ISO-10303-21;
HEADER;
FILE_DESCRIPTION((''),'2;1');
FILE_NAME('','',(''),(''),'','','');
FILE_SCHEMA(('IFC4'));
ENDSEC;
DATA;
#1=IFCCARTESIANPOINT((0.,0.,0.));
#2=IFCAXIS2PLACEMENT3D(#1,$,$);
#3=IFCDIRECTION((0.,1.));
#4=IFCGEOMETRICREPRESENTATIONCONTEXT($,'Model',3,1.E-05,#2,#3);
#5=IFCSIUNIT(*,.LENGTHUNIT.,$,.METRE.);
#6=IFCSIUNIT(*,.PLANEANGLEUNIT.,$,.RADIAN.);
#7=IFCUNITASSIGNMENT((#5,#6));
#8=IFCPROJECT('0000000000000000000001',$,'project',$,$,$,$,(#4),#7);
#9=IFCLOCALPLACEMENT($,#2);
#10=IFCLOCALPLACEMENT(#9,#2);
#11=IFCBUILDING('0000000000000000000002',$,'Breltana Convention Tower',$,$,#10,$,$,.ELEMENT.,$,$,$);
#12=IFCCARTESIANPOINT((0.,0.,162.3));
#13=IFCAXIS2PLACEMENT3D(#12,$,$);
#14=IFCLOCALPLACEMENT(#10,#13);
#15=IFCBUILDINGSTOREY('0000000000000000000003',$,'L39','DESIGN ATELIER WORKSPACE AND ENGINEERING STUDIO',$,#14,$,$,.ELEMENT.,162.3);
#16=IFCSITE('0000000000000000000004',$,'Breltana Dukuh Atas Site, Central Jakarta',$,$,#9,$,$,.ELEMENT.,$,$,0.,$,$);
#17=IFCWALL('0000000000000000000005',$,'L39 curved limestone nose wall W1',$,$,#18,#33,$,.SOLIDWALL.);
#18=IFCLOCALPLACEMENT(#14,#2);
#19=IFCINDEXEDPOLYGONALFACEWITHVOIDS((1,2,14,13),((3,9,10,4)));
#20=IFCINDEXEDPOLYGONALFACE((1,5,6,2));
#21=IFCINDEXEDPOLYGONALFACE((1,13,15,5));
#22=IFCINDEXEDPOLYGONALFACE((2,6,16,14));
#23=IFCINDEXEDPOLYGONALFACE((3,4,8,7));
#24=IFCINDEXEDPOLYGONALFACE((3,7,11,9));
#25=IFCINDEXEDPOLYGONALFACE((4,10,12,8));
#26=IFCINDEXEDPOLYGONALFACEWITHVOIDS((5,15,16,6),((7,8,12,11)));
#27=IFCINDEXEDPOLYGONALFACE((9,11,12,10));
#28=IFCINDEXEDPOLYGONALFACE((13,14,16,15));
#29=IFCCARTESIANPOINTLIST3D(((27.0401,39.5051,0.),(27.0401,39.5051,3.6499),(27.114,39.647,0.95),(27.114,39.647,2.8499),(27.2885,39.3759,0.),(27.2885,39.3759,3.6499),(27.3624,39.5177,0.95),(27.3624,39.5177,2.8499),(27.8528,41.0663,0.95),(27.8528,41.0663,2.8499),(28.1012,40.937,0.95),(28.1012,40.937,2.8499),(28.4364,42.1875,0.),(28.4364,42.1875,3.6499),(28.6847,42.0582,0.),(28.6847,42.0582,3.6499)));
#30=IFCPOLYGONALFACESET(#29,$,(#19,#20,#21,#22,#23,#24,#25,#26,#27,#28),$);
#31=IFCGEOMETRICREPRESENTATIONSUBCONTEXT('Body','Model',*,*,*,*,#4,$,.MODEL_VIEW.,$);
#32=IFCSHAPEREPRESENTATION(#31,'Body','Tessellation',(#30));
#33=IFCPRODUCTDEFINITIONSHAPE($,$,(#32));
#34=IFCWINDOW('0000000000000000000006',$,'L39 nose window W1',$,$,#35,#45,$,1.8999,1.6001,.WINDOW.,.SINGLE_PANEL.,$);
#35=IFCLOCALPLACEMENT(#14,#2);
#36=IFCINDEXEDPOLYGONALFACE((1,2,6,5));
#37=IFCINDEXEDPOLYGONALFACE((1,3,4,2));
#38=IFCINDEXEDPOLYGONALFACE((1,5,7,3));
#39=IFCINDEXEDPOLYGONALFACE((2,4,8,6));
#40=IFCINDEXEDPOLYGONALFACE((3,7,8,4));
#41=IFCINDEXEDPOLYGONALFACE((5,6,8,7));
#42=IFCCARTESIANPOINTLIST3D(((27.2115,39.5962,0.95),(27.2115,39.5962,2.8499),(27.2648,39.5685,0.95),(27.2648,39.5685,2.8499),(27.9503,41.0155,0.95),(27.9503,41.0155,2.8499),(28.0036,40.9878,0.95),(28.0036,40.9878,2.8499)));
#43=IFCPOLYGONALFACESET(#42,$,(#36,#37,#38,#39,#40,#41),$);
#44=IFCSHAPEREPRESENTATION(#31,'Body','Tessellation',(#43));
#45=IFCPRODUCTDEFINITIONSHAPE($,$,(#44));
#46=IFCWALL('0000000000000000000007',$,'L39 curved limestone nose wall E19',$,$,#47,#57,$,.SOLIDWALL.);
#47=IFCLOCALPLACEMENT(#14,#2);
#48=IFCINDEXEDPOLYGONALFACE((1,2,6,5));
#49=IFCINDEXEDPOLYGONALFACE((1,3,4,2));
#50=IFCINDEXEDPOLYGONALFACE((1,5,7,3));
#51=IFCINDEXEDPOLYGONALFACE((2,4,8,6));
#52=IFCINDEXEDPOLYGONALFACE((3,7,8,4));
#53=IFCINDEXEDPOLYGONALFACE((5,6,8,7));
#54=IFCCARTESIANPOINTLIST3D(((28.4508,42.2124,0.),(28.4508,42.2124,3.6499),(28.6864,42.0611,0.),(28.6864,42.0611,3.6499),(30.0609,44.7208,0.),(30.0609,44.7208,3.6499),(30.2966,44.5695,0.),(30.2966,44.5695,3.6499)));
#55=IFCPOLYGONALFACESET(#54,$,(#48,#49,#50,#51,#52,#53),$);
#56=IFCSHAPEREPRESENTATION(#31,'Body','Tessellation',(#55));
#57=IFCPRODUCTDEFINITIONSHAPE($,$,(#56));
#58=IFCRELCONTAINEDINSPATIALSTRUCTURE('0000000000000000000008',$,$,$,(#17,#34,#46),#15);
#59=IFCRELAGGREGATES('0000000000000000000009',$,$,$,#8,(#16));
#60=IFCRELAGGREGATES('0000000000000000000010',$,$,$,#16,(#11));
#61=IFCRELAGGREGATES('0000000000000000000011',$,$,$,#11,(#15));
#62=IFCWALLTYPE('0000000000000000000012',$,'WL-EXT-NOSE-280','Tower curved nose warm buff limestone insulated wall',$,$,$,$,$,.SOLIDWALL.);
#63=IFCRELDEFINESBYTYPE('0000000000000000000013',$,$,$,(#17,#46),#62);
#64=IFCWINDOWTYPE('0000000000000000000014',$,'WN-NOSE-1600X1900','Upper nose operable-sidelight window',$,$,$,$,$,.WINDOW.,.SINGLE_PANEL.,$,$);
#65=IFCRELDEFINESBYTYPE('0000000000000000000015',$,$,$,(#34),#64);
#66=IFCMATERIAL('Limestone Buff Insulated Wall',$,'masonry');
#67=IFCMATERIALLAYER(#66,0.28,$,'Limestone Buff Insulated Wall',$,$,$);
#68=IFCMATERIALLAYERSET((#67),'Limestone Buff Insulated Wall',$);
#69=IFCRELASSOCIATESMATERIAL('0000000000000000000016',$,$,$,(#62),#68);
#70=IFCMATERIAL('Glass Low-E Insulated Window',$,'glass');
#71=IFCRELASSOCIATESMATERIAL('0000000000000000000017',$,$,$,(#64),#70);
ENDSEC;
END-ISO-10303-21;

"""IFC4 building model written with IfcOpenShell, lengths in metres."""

from ifc_helpers import new_model, si_unit, direction, frame, frame_2d, origin, place, context, subcontext, project, spatial, rectangle, extrude, source, transform, mapped, material, layer, layer_set, type_object, type_shapes, element, fill, save


model = new_model("IFC4")

# Units and contexts
model_context = context("Model", 3, precision=1e-05, world=origin(), true_north=direction((0.0, 1.0)))
body_context = subcontext(model_context, "Body", "Model", "MODEL_VIEW")
ifc_project = project(units=[si_unit("LENGTHUNIT", "METRE"), si_unit("PLANEANGLEUNIT", "RADIAN")], contexts=[model_context])

# Site, building, storey
site_placement = place(None, origin())
site = spatial("IfcSite", under=ifc_project, at=site_placement, Name="Breltana Dukuh Atas Site, Central Jakarta", CompositionType="ELEMENT", RefElevation=0.0)
building_placement = place(site_placement, origin())
building = spatial("IfcBuilding", under=site, at=building_placement, Name="Breltana Convention Tower", CompositionType="ELEMENT")
storey_placement = place(building_placement, frame((0.0, 0.0, 162.3)))
storey = spatial("IfcBuildingStorey", under=building, at=storey_placement, Name="L39", Description="DESIGN ATELIER WORKSPACE AND ENGINEERING STUDIO", CompositionType="ELEMENT", Elevation=162.3)

# Wall, opening, window
ifc_material_1 = material(Name="Limestone Buff Insulated Wall", Category="masonry")
ifc_layer_1 = layer(ifc_material_1, 0.28, Name="Limestone Buff Insulated Wall")
ifc_layer_set_1 = layer_set([ifc_layer_1], Name="Limestone Buff Insulated Wall")
wall_type = type_object("IfcWallType", Name="WL-EXT-NOSE-280", Description="Tower curved nose warm buff limestone insulated wall", PredefinedType="SOLIDWALL", material=ifc_layer_set_1)
ifc_material_2 = material(Name="Glass Low-E Insulated Window", Category="glass")
shared_shape_1 = source(origin(), body_context, "Body", "SweptSolid", [
    extrude(rectangle(XDim=3.0239, YDim=0.28, at=frame_2d((1.512, 0.0))), origin(), (0.0, 0.0, 1.0), 3.6499),
])
wall_1_placement = place(storey_placement, frame((28.5605, 42.1228, 0.0), z_axis=(0.0, 0.0, 1.0), x_axis=(-0.461719, -0.887026, 0.0)))
wall_1 = element("IfcWall", 1, at=wall_1_placement, inside=storey, type_object=wall_type, Name="L39 curved limestone nose wall W1", PredefinedType="SOLIDWALL", context=body_context, shape_type="MappedRepresentation", body=[
    mapped(shared_shape_1, transform((0.0, 0.0, 0.0), scale=1.0)),
])
opening_1_placement = place(wall_1_placement, frame((1.2639, 0.0, 0.95)))
opening_1 = element("IfcOpeningElement", 2, at=opening_1_placement, cuts=wall_1, PredefinedType="OPENING", context=body_context, shape_type="SweptSolid", body=[
    extrude(rectangle(XDim=1.6001, YDim=1.8999, at=frame_2d((0.8, 0.95))), frame((0.0, 0.1499, 0.0), z_axis=(0.0, -1.0, 0.0), x_axis=(1.0, 0.0, 0.0)), (0.0, 0.0, 1.0), 0.3),
])
window_type_1 = type_object("IfcWindowType", Name="WN-NOSE-1600X1900", Description="Upper nose operable-sidelight window", PartitioningType="SINGLE_PANEL", PredefinedType="WINDOW", material=ifc_material_2)
shared_shape_2 = source(origin(), body_context, "Body", "SweptSolid", [
    extrude(rectangle(XDim=1.6001, YDim=1.8999, at=frame_2d((0.8, 0.95))), frame((0.0, 0.03, 0.0), z_axis=(0.0, -1.0, 0.0), x_axis=(1.0, 0.0, 0.0)), (0.0, 0.0, 1.0), 0.0601),
])
type_shapes(window_type_1, [shared_shape_2])
window_1_placement = place(opening_1_placement, origin())
window_1 = element("IfcWindow", 3, at=window_1_placement, inside=storey, type_object=window_type_1, Name="L39 nose window W1", OverallHeight=1.8999, OverallWidth=1.6001, PartitioningType="SINGLE_PANEL", PredefinedType="WINDOW", context=body_context, shape_type="MappedRepresentation", body=[
    mapped(shared_shape_2, transform((0.0, 0.0, 0.0), scale=1.0)),
])
fill(opening_1, window_1)

# Wall
shared_shape_3 = source(origin(), body_context, "Body", "SweptSolid", [
    extrude(rectangle(XDim=2.9807, YDim=0.28, at=frame_2d((1.4902, 0.0))), origin(), (0.0, 0.0, 1.0), 3.6499),
])
wall_2_placement = place(storey_placement, frame((30.1787, 44.645, 0.0), z_axis=(0.0, 0.0, 1.0), x_axis=(-0.540194, -0.84154, 0.0)))
element("IfcWall", 4, at=wall_2_placement, inside=storey, type_object=wall_type, Name="L39 curved limestone nose wall E19", PredefinedType="SOLIDWALL", context=body_context, shape_type="MappedRepresentation", body=[
    mapped(shared_shape_3, transform((0.0, 0.0, 0.0), scale=1.0)),
])

save(model, "model.ifc")
